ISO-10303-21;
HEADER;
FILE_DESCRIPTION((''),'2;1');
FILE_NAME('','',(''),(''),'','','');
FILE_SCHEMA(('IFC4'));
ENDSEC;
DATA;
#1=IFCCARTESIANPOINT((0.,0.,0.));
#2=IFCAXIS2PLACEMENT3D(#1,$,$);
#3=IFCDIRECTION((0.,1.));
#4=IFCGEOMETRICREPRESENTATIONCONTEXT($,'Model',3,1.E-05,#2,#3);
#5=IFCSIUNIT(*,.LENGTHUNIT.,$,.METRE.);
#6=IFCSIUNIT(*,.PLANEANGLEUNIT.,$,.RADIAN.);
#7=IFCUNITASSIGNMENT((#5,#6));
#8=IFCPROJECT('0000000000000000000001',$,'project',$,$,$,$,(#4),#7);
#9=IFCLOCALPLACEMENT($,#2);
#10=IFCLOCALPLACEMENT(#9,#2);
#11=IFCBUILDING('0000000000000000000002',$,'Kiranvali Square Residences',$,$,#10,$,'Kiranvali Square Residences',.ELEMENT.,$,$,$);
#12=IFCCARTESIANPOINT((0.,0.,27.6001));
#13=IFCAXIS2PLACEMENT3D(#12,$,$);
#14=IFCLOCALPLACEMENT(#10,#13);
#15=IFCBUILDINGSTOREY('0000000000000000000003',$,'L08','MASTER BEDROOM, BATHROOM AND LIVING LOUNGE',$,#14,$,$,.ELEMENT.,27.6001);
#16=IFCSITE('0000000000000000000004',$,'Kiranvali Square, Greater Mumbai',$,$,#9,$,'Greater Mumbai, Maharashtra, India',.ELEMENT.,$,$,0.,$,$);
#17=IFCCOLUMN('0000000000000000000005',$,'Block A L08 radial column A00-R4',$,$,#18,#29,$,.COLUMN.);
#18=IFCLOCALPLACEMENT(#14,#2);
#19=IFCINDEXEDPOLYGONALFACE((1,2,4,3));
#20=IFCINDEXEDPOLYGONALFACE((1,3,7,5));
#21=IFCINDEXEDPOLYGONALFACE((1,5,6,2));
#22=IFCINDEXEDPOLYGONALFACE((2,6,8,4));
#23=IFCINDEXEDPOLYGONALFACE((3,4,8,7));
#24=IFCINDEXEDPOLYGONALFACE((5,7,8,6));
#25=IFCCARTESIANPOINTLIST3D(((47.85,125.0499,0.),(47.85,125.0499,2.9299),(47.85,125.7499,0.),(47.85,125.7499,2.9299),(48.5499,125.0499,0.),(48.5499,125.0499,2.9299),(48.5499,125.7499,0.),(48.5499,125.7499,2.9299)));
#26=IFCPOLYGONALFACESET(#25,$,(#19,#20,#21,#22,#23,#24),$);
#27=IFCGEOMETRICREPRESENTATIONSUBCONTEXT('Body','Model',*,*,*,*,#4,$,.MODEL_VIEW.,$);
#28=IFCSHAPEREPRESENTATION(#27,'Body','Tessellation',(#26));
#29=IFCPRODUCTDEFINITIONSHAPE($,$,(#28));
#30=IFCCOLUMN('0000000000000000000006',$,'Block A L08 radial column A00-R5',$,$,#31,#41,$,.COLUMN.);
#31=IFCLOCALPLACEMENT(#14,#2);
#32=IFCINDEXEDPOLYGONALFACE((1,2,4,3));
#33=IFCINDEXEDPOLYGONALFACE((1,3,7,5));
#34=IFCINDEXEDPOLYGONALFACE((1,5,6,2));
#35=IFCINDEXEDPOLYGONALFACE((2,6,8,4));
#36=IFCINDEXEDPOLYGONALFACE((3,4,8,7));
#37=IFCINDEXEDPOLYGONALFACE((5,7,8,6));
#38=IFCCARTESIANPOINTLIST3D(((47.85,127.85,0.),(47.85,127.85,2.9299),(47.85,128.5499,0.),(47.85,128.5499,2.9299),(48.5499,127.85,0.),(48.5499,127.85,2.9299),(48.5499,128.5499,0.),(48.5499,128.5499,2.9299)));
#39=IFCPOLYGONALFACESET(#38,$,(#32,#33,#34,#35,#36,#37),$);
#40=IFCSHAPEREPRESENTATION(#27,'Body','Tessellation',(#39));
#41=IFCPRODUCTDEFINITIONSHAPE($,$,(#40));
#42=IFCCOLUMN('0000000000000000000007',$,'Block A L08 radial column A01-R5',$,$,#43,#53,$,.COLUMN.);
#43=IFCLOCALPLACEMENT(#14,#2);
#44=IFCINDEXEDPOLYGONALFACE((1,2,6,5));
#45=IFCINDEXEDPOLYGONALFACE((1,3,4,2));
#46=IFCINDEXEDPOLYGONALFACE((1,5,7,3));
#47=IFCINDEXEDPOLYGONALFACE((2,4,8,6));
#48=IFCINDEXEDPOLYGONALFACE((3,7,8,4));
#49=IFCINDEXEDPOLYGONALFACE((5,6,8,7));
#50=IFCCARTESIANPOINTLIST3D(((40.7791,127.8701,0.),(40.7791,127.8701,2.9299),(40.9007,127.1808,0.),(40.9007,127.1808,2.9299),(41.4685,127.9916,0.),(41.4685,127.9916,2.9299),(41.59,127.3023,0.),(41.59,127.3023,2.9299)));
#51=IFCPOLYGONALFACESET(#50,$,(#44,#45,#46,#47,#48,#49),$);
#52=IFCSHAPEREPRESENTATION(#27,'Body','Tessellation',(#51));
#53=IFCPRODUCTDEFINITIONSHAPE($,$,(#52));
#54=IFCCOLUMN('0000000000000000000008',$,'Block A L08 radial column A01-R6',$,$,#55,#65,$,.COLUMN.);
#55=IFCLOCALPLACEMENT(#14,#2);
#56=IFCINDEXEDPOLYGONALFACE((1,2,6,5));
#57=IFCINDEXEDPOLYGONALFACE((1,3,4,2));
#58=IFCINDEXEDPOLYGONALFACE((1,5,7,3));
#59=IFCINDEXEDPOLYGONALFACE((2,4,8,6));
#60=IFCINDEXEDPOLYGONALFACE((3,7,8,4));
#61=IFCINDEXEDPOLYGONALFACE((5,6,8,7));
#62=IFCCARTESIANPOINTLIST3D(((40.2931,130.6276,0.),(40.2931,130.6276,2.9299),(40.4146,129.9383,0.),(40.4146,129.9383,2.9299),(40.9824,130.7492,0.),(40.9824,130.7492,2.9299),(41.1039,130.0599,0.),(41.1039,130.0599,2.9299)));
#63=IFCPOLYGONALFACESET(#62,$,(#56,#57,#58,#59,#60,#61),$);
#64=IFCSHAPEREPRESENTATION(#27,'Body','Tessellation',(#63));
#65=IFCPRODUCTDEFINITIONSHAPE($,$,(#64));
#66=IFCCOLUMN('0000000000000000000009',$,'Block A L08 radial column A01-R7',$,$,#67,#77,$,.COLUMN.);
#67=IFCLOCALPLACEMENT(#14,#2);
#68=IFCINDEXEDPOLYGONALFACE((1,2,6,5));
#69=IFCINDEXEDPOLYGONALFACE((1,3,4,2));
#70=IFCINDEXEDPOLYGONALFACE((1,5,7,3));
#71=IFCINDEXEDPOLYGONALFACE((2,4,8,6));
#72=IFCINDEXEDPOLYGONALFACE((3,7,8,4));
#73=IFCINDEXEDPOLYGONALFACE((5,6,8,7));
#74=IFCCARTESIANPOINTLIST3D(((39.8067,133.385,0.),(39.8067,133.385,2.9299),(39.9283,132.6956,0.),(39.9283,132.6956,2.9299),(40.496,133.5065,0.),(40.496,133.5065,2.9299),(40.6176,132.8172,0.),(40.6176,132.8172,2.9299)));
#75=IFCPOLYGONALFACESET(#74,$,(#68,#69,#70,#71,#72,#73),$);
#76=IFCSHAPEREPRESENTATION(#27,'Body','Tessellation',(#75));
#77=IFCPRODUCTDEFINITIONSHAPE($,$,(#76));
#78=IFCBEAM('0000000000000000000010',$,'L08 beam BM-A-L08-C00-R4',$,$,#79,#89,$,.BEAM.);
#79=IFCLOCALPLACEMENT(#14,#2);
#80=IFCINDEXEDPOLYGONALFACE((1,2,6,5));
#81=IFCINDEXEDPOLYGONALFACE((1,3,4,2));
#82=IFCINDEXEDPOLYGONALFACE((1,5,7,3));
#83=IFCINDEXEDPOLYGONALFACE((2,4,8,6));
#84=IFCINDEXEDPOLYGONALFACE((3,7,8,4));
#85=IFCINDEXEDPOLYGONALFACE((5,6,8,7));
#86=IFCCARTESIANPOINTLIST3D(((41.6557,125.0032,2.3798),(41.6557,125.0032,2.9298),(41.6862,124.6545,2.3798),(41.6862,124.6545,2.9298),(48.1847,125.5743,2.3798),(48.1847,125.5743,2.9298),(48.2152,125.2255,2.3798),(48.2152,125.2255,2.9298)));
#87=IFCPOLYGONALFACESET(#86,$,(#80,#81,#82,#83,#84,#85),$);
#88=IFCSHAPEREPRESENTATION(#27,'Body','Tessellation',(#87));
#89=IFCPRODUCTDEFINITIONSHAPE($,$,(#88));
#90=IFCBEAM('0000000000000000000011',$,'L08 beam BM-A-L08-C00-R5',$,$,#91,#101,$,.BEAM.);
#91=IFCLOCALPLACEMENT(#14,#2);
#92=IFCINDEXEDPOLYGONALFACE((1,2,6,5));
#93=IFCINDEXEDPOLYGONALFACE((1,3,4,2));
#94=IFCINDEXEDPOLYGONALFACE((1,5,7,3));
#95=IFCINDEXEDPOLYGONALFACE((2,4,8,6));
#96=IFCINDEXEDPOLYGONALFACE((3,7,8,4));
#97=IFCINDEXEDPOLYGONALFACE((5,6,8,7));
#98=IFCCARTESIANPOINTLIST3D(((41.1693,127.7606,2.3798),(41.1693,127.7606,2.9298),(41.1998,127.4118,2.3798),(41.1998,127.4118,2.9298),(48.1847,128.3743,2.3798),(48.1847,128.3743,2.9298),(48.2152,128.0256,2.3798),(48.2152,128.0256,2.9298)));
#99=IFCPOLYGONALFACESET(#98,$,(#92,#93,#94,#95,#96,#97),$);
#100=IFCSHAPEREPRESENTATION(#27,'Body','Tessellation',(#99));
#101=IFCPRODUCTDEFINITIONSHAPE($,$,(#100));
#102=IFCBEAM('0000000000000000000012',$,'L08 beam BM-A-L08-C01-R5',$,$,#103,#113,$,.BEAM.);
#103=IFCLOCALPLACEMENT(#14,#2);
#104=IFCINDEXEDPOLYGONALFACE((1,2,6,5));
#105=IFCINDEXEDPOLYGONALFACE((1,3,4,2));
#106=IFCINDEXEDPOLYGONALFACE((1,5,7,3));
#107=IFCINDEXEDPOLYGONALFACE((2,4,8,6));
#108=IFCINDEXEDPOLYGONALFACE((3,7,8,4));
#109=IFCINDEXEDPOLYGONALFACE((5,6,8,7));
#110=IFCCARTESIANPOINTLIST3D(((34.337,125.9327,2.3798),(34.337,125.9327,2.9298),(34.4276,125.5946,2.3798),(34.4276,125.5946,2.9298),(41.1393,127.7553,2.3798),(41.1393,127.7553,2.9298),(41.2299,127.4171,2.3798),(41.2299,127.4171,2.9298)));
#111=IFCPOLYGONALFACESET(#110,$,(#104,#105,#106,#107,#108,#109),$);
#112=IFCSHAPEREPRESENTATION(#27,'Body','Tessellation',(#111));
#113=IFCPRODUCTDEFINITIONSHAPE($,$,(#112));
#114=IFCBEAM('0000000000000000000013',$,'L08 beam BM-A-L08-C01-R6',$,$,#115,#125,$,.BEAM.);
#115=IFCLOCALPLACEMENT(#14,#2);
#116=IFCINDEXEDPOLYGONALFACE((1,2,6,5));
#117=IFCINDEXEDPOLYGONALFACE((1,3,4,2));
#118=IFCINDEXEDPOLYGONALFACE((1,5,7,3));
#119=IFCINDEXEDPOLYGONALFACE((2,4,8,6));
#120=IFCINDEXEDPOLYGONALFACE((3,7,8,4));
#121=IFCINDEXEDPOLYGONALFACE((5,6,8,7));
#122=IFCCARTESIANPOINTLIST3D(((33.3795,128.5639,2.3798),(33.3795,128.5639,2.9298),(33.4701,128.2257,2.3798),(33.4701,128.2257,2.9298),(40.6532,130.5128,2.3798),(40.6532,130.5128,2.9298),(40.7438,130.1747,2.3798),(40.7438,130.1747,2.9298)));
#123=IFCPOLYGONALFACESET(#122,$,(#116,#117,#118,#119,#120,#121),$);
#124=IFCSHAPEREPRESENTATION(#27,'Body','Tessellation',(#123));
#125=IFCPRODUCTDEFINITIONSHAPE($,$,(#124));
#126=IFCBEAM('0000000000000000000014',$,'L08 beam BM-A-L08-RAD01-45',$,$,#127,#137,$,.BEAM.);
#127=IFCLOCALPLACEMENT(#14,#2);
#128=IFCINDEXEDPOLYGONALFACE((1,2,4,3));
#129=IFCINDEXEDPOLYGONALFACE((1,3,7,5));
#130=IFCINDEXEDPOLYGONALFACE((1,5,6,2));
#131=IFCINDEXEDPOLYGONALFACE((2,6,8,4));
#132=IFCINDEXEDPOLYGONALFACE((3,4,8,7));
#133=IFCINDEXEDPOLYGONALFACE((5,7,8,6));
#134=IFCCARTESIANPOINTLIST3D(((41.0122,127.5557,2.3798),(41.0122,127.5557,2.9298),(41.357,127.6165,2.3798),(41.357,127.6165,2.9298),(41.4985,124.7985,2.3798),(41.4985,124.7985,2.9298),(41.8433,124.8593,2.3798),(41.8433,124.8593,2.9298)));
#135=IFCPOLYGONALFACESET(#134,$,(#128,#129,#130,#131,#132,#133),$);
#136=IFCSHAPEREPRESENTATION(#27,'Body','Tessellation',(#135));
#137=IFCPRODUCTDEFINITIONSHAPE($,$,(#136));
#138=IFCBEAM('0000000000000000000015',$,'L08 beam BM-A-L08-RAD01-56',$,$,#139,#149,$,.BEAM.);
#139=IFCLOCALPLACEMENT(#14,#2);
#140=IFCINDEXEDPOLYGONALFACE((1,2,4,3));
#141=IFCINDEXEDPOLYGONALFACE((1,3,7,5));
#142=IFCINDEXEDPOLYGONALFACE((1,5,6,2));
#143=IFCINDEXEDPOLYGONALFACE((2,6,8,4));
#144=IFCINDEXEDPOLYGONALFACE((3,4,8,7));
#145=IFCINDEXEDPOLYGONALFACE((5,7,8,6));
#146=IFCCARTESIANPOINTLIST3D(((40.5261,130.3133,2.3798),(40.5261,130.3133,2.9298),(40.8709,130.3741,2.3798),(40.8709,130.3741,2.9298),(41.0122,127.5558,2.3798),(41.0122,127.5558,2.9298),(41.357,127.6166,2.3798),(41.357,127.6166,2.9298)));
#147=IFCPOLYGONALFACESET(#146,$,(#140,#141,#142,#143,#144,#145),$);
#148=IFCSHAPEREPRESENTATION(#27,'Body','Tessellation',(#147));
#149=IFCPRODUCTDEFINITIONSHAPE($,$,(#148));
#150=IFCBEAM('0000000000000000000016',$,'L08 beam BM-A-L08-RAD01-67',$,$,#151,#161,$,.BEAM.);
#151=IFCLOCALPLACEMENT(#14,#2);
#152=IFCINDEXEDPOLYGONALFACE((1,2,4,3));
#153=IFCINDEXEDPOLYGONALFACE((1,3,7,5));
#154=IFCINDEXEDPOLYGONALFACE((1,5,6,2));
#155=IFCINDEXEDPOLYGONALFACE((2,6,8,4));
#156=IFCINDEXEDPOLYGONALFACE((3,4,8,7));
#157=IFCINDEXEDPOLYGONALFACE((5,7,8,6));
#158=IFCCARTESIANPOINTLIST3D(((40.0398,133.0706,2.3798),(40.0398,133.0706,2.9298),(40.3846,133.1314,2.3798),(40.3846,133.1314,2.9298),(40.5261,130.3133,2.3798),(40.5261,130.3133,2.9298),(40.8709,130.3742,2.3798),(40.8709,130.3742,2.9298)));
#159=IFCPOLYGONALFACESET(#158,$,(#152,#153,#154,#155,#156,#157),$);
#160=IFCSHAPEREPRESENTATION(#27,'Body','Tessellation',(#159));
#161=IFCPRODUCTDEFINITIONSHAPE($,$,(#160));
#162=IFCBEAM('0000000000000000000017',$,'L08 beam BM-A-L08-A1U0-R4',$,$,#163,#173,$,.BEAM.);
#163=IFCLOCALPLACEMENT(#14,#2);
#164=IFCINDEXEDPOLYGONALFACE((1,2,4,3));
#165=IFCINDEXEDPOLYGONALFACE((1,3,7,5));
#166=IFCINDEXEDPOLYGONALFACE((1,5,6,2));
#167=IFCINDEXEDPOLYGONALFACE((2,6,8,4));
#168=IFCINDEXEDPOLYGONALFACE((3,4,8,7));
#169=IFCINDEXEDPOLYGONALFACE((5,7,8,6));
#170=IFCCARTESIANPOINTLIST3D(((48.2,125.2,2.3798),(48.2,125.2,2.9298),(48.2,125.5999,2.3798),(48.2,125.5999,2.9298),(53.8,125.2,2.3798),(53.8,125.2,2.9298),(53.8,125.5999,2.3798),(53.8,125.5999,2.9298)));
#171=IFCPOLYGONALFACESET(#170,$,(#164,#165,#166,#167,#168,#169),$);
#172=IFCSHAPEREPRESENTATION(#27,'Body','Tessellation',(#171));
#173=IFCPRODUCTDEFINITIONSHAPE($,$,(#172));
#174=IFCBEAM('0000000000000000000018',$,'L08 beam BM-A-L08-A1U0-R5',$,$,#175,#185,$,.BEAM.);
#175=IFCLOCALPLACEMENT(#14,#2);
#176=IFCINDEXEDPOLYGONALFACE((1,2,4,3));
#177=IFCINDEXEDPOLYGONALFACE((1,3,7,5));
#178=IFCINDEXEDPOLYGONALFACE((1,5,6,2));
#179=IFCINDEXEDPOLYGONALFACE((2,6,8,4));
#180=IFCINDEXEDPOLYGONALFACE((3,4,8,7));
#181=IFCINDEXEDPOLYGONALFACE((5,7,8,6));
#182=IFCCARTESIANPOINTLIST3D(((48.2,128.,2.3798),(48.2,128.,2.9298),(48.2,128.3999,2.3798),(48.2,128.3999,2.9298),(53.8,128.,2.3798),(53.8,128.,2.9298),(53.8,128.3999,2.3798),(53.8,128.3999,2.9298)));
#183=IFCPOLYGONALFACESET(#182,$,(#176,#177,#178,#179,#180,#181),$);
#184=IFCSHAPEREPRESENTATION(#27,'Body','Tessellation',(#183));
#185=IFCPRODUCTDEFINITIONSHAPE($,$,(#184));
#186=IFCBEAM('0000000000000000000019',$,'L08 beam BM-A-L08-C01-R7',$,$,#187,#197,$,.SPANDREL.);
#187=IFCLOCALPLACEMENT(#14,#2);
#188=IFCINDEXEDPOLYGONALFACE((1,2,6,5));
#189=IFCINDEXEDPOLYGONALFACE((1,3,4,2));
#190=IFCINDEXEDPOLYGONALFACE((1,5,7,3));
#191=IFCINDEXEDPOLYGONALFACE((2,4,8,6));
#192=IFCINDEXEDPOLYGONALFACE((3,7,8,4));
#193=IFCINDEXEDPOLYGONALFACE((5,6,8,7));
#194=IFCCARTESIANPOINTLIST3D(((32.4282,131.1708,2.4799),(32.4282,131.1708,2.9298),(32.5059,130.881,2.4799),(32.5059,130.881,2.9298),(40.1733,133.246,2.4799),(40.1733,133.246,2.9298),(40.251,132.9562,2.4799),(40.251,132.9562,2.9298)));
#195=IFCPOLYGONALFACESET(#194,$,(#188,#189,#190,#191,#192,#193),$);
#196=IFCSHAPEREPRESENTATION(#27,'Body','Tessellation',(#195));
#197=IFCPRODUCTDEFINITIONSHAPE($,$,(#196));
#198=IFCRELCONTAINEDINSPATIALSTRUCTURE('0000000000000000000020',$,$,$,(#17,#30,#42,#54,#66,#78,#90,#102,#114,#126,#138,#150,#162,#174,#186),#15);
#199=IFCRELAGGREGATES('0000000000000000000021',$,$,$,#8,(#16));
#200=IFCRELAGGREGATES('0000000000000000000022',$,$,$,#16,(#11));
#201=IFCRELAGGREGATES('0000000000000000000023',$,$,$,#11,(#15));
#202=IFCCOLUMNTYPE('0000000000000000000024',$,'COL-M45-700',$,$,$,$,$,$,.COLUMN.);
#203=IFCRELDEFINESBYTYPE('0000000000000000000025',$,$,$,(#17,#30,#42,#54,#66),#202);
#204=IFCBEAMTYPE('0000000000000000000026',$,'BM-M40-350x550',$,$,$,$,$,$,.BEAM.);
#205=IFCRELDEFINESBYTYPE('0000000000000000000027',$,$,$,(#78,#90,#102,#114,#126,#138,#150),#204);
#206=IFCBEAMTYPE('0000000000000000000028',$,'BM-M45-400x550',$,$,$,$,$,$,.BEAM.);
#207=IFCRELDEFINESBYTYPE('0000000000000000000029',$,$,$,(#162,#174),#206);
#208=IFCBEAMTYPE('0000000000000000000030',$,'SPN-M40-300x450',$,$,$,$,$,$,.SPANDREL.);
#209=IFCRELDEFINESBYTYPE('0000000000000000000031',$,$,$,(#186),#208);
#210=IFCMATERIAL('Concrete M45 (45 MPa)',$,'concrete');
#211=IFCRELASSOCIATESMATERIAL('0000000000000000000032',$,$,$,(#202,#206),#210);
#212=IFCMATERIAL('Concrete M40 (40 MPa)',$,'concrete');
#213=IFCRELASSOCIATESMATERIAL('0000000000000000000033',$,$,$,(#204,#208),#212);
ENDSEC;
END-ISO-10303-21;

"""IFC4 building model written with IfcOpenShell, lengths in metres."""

from ifc_helpers import new_model, si_unit, direction, frame, origin, origin_2d, place, context, subcontext, project, spatial, rectangle, extrude, material, material_profile, profile_set, type_object, element, save


model = new_model("IFC4")

# Units and contexts
model_context = context("Model", 3, precision=1e-05, world=origin(), true_north=direction((0.0, 1.0)))
body_context = subcontext(model_context, "Body", "Model", "MODEL_VIEW")
ifc_project = project(units=[si_unit("LENGTHUNIT", "METRE"), si_unit("PLANEANGLEUNIT", "RADIAN")], contexts=[model_context])

# Site, building, storey
site_placement = place(None, origin())
site = spatial("IfcSite", under=ifc_project, at=site_placement, Name="Kiranvali Square, Greater Mumbai", LongName="Greater Mumbai, Maharashtra, India", CompositionType="ELEMENT", RefElevation=0.0)
building_placement = place(site_placement, origin())
building = spatial("IfcBuilding", under=site, at=building_placement, Name="Kiranvali Square Residences", LongName="Kiranvali Square Residences", CompositionType="ELEMENT")
storey_placement = place(building_placement, frame((0.0, 0.0, 27.6001)))
storey = spatial("IfcBuildingStorey", under=building, at=storey_placement, Name="L08", Description="MASTER BEDROOM, BATHROOM AND LIVING LOUNGE", CompositionType="ELEMENT", Elevation=27.6001)

# Columns
ifc_material_1 = material(Name="Concrete M45 (45 MPa)", Category="concrete")
ifc_material_profile_1 = material_profile(ifc_material_1, rectangle(XDim=0.7, YDim=0.7, at=origin_2d()), Name="RC 700x700")
ifc_profile_set_1 = profile_set([ifc_material_profile_1], Name="Concrete M45 (45 MPa)")
column_type = type_object("IfcColumnType", Name="COL-M45-700", PredefinedType="COLUMN", material=ifc_profile_set_1)
for number, where, z_axis, x_axis, name in (
    (1, (48.2, 125.3999, 0.0), (0.0, 0.0, 1.0), (1.0, 0.0, 0.0), "Block A L08 radial column A00-R4"),
    (2, (48.2, 128.2, 0.0), (0.0, 0.0, 1.0), (1.0, 0.0, 0.0), "Block A L08 radial column A00-R5"),
    (3, (41.1846, 127.5862, 0.0), (0.0, 0.0, 1.0), (0.984808, 0.173648, 0.0), "Block A L08 radial column A01-R5"),
    (4, (40.6985, 130.3438, 0.0), (0.0, 0.0, 1.0), (0.984808, 0.173648, 0.0), "Block A L08 radial column A01-R6"),
    (5, (40.2122, 133.1011, 0.0), (0.0, 0.0, 1.0), (0.984808, 0.173648, 0.0), "Block A L08 radial column A01-R7"),
):
    element("IfcColumn", number, at=place(storey_placement, frame(where, z_axis=z_axis, x_axis=x_axis)), inside=storey, type_object=column_type, Name=name, PredefinedType="COLUMN", context=body_context, shape_type="SweptSolid", body=[
        extrude(rectangle(XDim=0.7, YDim=0.7, at=origin_2d()), origin(), (0.0, 0.0, 1.0), 2.9299),
    ])

# Beams
ifc_material_2 = material(Name="Concrete M40 (40 MPa)", Category="concrete")
ifc_material_profile_2 = material_profile(ifc_material_2, rectangle(XDim=0.3501, YDim=0.55, at=origin_2d()), Name="RC 350x550")
ifc_profile_set_2 = profile_set([ifc_material_profile_2], Name="Concrete M40 (40 MPa)")
beam_type_1 = type_object("IfcBeamType", Name="BM-M40-350x550", PredefinedType="BEAM", material=ifc_profile_set_2)
beam_1_placement = place(storey_placement, frame((48.2, 125.3999, 2.6548), z_axis=(-0.996197, -0.08713, 0.0), x_axis=(0.08713, -0.996197, 0.0)))
element("IfcBeam", 6, at=beam_1_placement, inside=storey, type_object=beam_type_1, Name="L08 beam BM-A-L08-C00-R4", PredefinedType="BEAM", context=body_context, shape_type="SweptSolid", body=[
    extrude(rectangle(XDim=0.3501, YDim=0.55, at=origin_2d()), origin(), (0.0, 0.0, 1.0), 6.554),
])
for number, where, z_axis, x_axis, name in (
    (7, (48.2, 128.2, 2.6548), (-0.996195, -0.087156, 0.0), (0.087156, -0.996195, 0.0), "L08 beam BM-A-L08-C00-R5"),
    (8, (41.1846, 127.5862, 2.6548), (-0.965931, -0.2588, 0.0), (0.2588, -0.965931, 0.0), "L08 beam BM-A-L08-C01-R5"),
):
    element("IfcBeam", number, at=place(storey_placement, frame(where, z_axis=z_axis, x_axis=x_axis)), inside=storey, type_object=beam_type_1, Name=name, PredefinedType="BEAM", context=body_context, shape_type="SweptSolid", body=[
        extrude(rectangle(XDim=0.3501, YDim=0.55, at=origin_2d()), origin(), (0.0, 0.0, 1.0), 7.0422),
    ])
beam_2_placement = place(storey_placement, frame((40.6985, 130.3438, 2.6548), z_axis=(-0.965926, -0.258819, 0.0), x_axis=(0.258819, -0.965926, 0.0)))
element("IfcBeam", 9, at=beam_2_placement, inside=storey, type_object=beam_type_1, Name="L08 beam BM-A-L08-C01-R6", PredefinedType="BEAM", context=body_context, shape_type="SweptSolid", body=[
    extrude(rectangle(XDim=0.3501, YDim=0.55, at=origin_2d()), origin(), (0.0, 0.0, 1.0), 7.5303),
])
beam_3_placement = place(storey_placement, frame((41.6709, 124.8289, 2.6548), z_axis=(-0.173696, 0.984799, 0.0), x_axis=(-0.984799, -0.173696, 0.0)))
element("IfcBeam", 10, at=beam_3_placement, inside=storey, type_object=beam_type_1, Name="L08 beam BM-A-L08-RAD01-45", PredefinedType="BEAM", context=body_context, shape_type="SweptSolid", body=[
    extrude(rectangle(XDim=0.3501, YDim=0.55, at=origin_2d()), origin(), (0.0, 0.0, 1.0), 2.7998),
])
beam_4_placement = place(storey_placement, frame((41.1846, 127.5862, 2.6548), z_axis=(-0.173596, 0.984817, 0.0), x_axis=(-0.984817, -0.173596, 0.0)))
element("IfcBeam", 11, at=beam_4_placement, inside=storey, type_object=beam_type_1, Name="L08 beam BM-A-L08-RAD01-56", PredefinedType="BEAM", context=body_context, shape_type="SweptSolid", body=[
    extrude(rectangle(XDim=0.3501, YDim=0.55, at=origin_2d()), origin(), (0.0, 0.0, 1.0), 2.8),
])
beam_5_placement = place(storey_placement, frame((40.6985, 130.3438, 2.6548), z_axis=(-0.173696, 0.984799, 0.0), x_axis=(-0.984799, -0.173696, 0.0)))
element("IfcBeam", 12, at=beam_5_placement, inside=storey, type_object=beam_type_1, Name="L08 beam BM-A-L08-RAD01-67", PredefinedType="BEAM", context=body_context, shape_type="SweptSolid", body=[
    extrude(rectangle(XDim=0.3501, YDim=0.55, at=origin_2d()), origin(), (0.0, 0.0, 1.0), 2.7998),
])
ifc_material_profile_3 = material_profile(ifc_material_1, rectangle(XDim=0.3999, YDim=0.55, at=origin_2d()), Name="RC 400x550")
ifc_profile_set_3 = profile_set([ifc_material_profile_3], Name="Concrete M45 (45 MPa)")
beam_type_2 = type_object("IfcBeamType", Name="BM-M45-400x550", PredefinedType="BEAM", material=ifc_profile_set_3)
for number, where, z_axis, x_axis, name in (
    (13, (48.2, 125.3999, 2.6548), (1.0, 0.0, 0.0), (0.0, 1.0, 0.0), "L08 beam BM-A-L08-A1U0-R4"),
    (14, (48.2, 128.2, 2.6548), (1.0, 0.0, 0.0), (0.0, 1.0, 0.0), "L08 beam BM-A-L08-A1U0-R5"),
):
    element("IfcBeam", number, at=place(storey_placement, frame(where, z_axis=z_axis, x_axis=x_axis)), inside=storey, type_object=beam_type_2, Name=name, PredefinedType="BEAM", context=body_context, shape_type="SweptSolid", body=[
        extrude(rectangle(XDim=0.3999, YDim=0.55, at=origin_2d()), origin(), (0.0, 0.0, 1.0), 5.6001),
    ])
ifc_material_profile_4 = material_profile(ifc_material_2, rectangle(XDim=0.3, YDim=0.45, at=origin_2d()), Name="RC 300x450")
ifc_profile_set_4 = profile_set([ifc_material_profile_4], Name="Concrete M40 (40 MPa)")
beam_type_3 = type_object("IfcBeamType", Name="SPN-M40-300x450", PredefinedType="SPANDREL", material=ifc_profile_set_4)
beam_6_placement = place(storey_placement, frame((40.2122, 133.1011, 2.7048), z_axis=(-0.965929, -0.258807, 0.0), x_axis=(0.258807, -0.965929, 0.0)))
element("IfcBeam", 15, at=beam_6_placement, inside=storey, type_object=beam_type_3, Name="L08 beam BM-A-L08-C01-R7", PredefinedType="SPANDREL", context=body_context, shape_type="SweptSolid", body=[
    extrude(rectangle(XDim=0.3, YDim=0.45, at=origin_2d()), origin(), (0.0, 0.0, 1.0), 8.0183),
])

save(model, "model.ifc")
